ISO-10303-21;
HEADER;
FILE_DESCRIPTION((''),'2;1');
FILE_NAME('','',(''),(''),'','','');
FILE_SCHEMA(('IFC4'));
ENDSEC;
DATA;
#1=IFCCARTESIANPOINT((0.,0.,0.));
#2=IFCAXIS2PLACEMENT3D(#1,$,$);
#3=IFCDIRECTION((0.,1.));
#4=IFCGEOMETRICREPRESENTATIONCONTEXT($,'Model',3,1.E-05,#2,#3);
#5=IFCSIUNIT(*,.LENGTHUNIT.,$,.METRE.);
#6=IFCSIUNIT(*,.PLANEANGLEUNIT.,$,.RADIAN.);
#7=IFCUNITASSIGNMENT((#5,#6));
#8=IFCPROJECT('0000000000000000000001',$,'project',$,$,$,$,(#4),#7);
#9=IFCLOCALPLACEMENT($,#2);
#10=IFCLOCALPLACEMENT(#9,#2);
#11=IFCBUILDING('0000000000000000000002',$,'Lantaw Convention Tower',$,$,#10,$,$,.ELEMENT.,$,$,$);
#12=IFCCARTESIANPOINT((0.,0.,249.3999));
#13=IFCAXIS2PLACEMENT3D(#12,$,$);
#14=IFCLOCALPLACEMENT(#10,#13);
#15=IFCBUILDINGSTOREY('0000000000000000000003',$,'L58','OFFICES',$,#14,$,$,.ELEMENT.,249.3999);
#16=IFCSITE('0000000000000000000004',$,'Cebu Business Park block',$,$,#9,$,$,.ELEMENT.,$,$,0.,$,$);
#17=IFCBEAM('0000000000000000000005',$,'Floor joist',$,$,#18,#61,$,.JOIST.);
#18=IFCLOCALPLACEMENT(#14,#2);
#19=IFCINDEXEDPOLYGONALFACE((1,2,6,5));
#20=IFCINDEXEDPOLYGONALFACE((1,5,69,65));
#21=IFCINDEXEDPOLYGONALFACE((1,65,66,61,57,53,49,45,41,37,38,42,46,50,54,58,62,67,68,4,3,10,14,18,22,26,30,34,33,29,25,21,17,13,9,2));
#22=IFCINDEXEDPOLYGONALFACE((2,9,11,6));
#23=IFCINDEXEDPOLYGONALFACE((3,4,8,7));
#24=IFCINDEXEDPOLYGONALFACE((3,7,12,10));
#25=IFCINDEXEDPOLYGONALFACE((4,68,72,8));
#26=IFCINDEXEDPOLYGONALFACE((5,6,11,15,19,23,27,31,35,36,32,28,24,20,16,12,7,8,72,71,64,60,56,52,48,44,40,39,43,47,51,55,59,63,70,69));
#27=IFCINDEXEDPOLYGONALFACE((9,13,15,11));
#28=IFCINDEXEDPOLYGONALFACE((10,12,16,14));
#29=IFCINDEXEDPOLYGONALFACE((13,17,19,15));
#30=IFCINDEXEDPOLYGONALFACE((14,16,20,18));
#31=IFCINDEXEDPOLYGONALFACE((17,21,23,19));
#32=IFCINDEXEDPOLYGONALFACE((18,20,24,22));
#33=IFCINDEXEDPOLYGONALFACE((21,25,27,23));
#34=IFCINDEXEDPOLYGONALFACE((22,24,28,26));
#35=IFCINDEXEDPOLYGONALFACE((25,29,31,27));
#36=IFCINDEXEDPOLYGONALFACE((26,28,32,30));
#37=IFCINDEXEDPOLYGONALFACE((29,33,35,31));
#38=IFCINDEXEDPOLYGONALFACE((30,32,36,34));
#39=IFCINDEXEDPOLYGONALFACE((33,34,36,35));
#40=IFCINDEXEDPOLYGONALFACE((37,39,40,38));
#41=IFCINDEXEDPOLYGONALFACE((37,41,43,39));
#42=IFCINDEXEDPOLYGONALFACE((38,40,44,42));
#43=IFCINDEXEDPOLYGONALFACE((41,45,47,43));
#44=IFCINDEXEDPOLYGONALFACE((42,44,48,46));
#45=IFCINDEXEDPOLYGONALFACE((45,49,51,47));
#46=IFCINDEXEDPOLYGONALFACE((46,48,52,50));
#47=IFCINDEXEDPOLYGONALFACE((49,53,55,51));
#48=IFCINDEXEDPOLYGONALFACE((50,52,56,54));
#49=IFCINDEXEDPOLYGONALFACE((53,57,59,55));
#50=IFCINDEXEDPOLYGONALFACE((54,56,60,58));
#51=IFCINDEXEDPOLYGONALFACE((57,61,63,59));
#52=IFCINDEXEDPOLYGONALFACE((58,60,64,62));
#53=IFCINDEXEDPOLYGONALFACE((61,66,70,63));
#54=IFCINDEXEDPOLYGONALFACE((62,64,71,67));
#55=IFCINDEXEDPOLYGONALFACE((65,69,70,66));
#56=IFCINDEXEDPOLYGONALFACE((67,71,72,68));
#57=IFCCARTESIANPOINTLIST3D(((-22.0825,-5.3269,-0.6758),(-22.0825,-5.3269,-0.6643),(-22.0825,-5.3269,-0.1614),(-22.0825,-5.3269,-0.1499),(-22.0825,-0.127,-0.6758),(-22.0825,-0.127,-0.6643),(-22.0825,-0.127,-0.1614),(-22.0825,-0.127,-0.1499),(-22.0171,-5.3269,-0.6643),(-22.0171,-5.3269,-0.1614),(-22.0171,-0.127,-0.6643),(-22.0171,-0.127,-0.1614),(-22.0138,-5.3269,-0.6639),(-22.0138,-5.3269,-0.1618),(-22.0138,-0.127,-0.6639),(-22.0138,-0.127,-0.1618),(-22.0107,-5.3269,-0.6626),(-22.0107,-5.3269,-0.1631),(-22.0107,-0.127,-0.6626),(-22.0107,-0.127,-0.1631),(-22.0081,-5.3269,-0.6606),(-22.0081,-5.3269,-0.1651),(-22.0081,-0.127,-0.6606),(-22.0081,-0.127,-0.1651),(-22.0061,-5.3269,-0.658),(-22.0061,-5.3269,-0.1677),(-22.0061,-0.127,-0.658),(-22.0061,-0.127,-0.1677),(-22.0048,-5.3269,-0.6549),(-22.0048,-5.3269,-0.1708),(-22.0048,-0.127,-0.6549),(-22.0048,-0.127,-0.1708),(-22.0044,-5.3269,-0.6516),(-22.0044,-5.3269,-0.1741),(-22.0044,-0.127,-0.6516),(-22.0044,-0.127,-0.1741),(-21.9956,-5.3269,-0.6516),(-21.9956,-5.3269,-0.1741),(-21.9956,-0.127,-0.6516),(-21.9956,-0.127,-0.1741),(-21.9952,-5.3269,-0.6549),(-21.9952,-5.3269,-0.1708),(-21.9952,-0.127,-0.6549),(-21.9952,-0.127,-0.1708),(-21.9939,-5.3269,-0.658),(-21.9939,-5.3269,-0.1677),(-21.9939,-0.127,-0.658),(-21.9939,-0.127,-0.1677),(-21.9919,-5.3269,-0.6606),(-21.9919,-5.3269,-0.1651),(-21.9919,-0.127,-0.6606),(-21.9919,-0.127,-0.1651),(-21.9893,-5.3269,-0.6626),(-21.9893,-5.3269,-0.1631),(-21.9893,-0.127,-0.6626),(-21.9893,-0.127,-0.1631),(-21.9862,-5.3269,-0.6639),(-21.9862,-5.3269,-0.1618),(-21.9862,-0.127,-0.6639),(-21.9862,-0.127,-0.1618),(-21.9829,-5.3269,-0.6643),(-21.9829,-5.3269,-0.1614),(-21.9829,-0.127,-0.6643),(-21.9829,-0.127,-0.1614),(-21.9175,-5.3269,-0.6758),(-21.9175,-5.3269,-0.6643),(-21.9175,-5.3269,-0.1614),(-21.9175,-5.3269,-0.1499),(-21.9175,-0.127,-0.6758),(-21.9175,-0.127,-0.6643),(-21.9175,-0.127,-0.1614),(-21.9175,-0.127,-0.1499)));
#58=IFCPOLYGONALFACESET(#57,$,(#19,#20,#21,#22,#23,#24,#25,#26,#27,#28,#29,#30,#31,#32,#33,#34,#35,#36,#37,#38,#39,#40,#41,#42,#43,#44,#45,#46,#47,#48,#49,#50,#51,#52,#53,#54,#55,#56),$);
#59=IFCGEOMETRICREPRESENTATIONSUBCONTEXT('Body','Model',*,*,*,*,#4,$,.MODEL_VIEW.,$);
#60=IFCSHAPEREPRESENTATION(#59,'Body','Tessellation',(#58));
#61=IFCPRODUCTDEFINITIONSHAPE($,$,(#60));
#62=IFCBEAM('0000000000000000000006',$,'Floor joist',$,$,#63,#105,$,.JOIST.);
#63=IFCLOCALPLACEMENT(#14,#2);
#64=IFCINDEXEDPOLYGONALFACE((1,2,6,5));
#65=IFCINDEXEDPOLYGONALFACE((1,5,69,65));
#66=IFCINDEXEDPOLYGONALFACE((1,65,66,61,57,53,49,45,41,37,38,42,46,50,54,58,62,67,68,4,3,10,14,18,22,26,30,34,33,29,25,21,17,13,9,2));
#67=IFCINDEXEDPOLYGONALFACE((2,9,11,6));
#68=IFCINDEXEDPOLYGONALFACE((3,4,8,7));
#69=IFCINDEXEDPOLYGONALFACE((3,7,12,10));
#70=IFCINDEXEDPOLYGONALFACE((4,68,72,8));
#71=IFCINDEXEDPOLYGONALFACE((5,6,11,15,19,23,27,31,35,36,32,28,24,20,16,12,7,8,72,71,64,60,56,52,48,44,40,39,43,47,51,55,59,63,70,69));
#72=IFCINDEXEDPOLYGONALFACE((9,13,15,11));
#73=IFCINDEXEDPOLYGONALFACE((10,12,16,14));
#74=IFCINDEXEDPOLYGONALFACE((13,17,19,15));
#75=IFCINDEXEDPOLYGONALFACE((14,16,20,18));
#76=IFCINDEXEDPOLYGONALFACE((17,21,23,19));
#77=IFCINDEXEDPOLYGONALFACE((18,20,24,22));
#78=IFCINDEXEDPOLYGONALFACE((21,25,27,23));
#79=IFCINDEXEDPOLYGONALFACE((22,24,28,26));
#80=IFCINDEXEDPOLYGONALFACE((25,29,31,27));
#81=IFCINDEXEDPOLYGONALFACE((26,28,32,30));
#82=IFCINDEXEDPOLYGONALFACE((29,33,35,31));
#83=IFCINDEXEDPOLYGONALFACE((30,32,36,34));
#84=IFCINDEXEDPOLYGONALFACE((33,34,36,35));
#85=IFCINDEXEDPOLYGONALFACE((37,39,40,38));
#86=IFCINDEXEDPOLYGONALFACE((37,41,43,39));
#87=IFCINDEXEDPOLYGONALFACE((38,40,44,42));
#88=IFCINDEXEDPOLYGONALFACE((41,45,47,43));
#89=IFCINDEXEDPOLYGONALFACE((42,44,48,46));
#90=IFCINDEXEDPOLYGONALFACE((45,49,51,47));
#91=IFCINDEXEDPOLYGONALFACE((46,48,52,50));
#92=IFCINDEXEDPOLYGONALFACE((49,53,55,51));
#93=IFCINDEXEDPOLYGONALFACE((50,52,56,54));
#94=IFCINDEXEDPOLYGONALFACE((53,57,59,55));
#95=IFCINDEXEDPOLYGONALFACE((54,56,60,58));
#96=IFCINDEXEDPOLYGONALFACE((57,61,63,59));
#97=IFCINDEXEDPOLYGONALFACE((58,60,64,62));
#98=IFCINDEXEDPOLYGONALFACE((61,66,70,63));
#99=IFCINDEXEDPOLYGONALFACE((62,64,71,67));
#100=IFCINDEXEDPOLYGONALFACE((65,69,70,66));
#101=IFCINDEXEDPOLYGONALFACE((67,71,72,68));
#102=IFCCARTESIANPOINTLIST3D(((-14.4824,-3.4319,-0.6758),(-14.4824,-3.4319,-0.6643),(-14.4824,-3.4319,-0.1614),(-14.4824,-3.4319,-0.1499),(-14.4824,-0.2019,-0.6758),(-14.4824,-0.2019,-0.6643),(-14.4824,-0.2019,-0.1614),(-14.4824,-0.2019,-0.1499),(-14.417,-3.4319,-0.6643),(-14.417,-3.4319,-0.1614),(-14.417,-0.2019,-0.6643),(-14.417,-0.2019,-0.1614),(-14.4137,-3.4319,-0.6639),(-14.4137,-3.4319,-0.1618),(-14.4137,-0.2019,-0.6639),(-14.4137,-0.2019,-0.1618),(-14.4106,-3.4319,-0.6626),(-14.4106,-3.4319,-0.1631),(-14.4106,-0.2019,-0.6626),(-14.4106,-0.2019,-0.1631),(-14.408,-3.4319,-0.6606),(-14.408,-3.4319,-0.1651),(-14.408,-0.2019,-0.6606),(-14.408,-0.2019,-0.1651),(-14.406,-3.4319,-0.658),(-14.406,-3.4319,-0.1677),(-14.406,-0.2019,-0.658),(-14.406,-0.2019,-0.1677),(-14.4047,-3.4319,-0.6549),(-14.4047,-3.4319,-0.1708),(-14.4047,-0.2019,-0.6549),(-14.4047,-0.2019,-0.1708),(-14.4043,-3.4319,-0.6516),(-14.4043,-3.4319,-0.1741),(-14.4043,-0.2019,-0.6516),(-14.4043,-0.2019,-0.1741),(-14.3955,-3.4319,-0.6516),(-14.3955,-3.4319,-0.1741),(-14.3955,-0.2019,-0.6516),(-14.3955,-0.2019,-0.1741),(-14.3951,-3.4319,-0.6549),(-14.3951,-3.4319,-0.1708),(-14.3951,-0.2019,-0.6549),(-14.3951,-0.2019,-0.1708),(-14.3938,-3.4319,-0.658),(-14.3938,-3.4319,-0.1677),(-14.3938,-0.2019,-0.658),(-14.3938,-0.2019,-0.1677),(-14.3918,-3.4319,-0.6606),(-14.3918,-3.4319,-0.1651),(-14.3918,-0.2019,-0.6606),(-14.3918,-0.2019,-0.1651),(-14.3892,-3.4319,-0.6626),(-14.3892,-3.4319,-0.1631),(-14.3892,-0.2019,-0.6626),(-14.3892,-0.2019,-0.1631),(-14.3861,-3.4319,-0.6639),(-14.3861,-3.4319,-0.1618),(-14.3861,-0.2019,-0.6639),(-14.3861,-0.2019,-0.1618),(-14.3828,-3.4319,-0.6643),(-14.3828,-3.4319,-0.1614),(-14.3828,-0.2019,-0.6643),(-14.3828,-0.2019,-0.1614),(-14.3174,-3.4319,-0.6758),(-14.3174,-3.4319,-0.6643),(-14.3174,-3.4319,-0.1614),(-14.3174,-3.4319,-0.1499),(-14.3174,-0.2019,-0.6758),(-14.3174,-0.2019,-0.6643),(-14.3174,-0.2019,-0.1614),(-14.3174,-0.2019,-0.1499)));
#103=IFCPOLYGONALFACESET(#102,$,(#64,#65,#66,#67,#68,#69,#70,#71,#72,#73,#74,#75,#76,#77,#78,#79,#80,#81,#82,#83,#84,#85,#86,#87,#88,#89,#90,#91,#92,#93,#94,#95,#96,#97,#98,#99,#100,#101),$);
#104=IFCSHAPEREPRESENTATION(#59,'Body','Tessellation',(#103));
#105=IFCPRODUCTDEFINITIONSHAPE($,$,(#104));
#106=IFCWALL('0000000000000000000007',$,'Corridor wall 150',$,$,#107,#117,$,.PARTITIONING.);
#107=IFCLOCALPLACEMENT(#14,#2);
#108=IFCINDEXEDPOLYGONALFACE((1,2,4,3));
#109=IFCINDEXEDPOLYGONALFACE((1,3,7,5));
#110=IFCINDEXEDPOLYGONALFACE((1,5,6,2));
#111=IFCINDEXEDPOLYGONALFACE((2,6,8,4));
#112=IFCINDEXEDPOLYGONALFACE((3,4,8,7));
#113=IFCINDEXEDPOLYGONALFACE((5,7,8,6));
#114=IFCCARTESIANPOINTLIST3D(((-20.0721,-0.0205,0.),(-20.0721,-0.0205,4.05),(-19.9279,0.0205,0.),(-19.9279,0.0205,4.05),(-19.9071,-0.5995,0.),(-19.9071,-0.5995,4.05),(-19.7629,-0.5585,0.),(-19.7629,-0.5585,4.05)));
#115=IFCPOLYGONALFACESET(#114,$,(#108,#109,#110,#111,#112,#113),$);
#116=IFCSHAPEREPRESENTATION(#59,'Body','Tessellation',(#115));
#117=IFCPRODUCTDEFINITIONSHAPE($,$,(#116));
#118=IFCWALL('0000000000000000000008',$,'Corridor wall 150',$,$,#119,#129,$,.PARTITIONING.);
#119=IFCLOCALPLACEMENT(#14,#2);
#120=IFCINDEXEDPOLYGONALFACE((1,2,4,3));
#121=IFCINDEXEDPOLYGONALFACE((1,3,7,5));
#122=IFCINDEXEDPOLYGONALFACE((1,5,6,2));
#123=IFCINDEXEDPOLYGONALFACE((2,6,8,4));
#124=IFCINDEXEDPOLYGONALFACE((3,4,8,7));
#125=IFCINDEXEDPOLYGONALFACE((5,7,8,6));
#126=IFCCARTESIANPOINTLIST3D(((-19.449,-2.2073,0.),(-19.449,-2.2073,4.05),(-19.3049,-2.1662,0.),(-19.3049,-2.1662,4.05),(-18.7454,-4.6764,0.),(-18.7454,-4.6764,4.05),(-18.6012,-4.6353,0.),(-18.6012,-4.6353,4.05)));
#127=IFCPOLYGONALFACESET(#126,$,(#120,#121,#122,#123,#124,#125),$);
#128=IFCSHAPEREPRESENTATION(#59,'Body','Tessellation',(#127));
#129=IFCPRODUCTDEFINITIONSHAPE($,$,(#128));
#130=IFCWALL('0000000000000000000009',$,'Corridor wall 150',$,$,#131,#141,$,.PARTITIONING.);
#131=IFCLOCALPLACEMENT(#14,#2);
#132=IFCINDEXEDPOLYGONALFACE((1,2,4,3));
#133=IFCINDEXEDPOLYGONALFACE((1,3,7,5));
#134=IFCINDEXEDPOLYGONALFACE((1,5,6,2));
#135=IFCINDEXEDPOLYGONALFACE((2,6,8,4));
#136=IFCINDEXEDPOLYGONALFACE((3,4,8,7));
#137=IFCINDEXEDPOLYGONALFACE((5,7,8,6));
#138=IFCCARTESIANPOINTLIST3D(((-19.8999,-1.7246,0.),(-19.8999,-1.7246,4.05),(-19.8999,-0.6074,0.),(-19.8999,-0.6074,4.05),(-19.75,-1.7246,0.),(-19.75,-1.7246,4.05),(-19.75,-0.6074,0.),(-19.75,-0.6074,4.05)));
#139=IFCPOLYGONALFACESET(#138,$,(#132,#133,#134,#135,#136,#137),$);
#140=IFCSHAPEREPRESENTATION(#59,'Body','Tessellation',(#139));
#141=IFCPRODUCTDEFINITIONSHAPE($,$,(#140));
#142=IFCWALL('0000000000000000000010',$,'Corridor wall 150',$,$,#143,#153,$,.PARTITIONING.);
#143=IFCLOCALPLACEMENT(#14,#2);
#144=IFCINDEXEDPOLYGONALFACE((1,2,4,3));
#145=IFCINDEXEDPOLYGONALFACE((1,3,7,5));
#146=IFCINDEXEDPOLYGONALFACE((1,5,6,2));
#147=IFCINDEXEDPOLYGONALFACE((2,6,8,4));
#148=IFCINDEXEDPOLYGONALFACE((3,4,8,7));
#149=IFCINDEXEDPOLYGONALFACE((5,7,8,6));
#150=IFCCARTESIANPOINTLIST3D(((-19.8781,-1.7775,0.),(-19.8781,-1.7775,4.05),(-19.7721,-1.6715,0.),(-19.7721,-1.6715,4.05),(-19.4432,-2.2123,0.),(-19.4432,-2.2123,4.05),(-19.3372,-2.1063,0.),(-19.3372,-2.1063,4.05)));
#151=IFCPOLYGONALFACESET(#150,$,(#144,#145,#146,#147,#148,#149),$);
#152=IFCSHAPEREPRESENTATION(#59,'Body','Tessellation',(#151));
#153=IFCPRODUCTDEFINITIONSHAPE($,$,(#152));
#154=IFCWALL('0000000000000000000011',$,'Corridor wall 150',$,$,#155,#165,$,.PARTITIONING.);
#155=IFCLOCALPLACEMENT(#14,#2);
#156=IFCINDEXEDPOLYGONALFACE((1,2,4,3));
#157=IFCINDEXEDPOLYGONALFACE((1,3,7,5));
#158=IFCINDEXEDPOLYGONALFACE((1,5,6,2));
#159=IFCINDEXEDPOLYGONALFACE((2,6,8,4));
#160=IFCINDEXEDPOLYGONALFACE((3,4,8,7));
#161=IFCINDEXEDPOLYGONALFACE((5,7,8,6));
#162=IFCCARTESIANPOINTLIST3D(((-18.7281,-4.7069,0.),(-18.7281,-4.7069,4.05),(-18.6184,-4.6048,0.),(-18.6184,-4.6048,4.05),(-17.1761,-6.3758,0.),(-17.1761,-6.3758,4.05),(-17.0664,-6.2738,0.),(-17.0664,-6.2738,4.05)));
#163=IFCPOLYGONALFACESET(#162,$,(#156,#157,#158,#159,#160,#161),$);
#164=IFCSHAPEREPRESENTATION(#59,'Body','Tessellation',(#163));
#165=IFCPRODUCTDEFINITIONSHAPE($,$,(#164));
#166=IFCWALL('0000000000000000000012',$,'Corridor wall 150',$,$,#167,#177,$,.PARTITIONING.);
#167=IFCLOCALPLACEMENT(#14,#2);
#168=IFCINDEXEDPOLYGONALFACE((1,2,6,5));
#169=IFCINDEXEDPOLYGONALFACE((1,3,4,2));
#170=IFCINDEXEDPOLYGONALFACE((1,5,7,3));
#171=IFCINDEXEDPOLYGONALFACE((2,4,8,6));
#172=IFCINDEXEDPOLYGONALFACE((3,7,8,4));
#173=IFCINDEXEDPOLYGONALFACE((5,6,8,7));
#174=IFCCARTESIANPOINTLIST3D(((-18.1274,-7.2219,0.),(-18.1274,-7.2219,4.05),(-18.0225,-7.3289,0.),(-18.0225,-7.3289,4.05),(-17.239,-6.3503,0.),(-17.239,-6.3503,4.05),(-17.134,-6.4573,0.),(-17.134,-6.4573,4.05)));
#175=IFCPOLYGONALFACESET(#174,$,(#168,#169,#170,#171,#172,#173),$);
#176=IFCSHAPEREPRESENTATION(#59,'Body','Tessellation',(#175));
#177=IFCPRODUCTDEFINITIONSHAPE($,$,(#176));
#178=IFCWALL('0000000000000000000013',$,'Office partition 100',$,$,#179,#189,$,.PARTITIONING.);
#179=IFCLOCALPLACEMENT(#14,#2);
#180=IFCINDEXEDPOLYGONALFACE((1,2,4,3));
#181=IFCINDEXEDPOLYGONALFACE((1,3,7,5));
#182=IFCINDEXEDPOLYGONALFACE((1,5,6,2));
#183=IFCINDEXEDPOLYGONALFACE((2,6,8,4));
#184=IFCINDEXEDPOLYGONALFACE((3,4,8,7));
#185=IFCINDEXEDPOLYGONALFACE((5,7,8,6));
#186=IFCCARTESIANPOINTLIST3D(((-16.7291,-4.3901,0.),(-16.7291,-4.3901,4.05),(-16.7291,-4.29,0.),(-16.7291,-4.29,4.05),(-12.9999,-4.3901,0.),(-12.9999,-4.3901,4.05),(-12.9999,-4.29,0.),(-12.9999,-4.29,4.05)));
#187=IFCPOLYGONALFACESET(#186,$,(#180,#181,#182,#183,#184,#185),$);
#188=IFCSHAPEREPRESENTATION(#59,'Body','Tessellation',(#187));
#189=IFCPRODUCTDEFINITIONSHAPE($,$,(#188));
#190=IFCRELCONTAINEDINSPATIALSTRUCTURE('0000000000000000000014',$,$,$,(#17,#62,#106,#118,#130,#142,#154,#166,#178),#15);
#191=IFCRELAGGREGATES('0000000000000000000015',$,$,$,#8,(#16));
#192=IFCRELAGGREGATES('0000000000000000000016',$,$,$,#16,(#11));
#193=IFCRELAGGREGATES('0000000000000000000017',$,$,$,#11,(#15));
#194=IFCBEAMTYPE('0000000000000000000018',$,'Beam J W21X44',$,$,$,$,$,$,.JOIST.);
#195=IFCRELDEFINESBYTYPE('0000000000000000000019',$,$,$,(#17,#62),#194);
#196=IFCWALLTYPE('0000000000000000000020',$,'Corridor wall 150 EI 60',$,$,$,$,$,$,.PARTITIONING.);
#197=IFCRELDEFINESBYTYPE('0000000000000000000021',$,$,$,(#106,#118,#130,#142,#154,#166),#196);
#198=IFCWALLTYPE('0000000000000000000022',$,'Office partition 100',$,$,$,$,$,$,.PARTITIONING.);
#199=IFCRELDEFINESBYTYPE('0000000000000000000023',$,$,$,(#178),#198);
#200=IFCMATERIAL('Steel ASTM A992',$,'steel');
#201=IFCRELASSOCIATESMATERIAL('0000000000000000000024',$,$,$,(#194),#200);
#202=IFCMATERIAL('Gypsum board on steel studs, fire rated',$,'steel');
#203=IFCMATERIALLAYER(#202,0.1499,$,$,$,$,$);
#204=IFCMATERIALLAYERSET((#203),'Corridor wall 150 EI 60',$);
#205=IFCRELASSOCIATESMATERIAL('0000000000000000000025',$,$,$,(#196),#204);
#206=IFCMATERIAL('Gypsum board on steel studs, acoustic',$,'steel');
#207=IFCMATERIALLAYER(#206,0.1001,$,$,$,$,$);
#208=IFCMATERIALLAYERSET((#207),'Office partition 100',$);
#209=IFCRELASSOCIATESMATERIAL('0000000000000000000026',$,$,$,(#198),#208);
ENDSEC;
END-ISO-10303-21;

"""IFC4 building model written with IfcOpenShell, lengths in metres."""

from ifc_helpers import new_model, si_unit, direction, frame, frame_2d, origin, origin_2d, place, context, subcontext, project, spatial, rectangle, i_section, extrude, material, layer, layer_set, material_profile, profile_set, type_object, element, save


model = new_model("IFC4")

# Units and contexts
model_context = context("Model", 3, precision=1e-05, world=origin(), true_north=direction((0.0, 1.0)))
body_context = subcontext(model_context, "Body", "Model", "MODEL_VIEW")
ifc_project = project(units=[si_unit("LENGTHUNIT", "METRE"), si_unit("PLANEANGLEUNIT", "RADIAN")], contexts=[model_context])

# Site, building, storey
site_placement = place(None, origin())
site = spatial("IfcSite", under=ifc_project, at=site_placement, Name="Cebu Business Park block", CompositionType="ELEMENT", RefElevation=0.0)
building_placement = place(site_placement, origin())
building = spatial("IfcBuilding", under=site, at=building_placement, Name="Lantaw Convention Tower", CompositionType="ELEMENT")
storey_placement = place(building_placement, frame((0.0, 0.0, 249.3999)))
storey = spatial("IfcBuildingStorey", under=building, at=storey_placement, Name="L58", Description="OFFICES", CompositionType="ELEMENT", Elevation=249.3999)

# Beams
ifc_material_1 = material(Name="Steel ASTM A992", Category="steel")
ifc_material_profile_1 = material_profile(ifc_material_1, i_section(OverallWidth=0.165, OverallDepth=0.5259, WebThickness=0.0088, FlangeThickness=0.0115, FilletRadius=0.0127, at=origin_2d()), Name="W21X44")
ifc_profile_set_1 = profile_set([ifc_material_profile_1], Name="Steel ASTM A992")
beam_type_1 = type_object("IfcBeamType", Name="Beam J W21X44", PredefinedType="JOIST", material=ifc_profile_set_1)
beam_1_placement = place(storey_placement, frame((-22.0, -5.3269, -0.4128), z_axis=(0.0, 1.0, 0.0), x_axis=(-1.0, 0.0, 0.0)))
element("IfcBeam", 1, at=beam_1_placement, inside=storey, type_object=beam_type_1, Name="Floor joist", PredefinedType="JOIST", context=body_context, shape_type="SweptSolid", body=[
    extrude(i_section(OverallWidth=0.165, OverallDepth=0.5259, WebThickness=0.0088, FlangeThickness=0.0115, FilletRadius=0.0127, at=origin_2d()), origin(), (0.0, 0.0, 1.0), 5.2),
])
beam_2_placement = place(storey_placement, frame((-14.3999, -3.4319, -0.4128), z_axis=(0.0, 1.0, 0.0), x_axis=(-1.0, 0.0, 0.0)))
element("IfcBeam", 2, at=beam_2_placement, inside=storey, type_object=beam_type_1, Name="Floor joist", PredefinedType="JOIST", context=body_context, shape_type="SweptSolid", body=[
    extrude(i_section(OverallWidth=0.165, OverallDepth=0.5259, WebThickness=0.0088, FlangeThickness=0.0115, FilletRadius=0.0127, at=origin_2d()), origin(), (0.0, 0.0, 1.0), 3.23),
])

# Walls
ifc_material_2 = material(Name="Gypsum board on steel studs, fire rated", Category="steel")
ifc_layer_1 = layer(ifc_material_2, 0.1499)
ifc_layer_set_1 = layer_set([ifc_layer_1], Name="Corridor wall 150 EI 60")
wall_type_1 = type_object("IfcWallType", Name="Corridor wall 150 EI 60", PredefinedType="PARTITIONING", material=ifc_layer_set_1)
wall_1_placement = place(storey_placement, frame((-20.0, 0.0, 0.0), z_axis=(0.0, 0.0, 1.0), x_axis=(0.274078, -0.961707, 0.0)))
element("IfcWall", 3, at=wall_1_placement, inside=storey, type_object=wall_type_1, Name="Corridor wall 150", PredefinedType="PARTITIONING", context=body_context, shape_type="SweptSolid", body=[
    extrude(rectangle(XDim=0.6021, YDim=0.1499, at=frame_2d((0.301, 0.0))), origin(), (0.0, 0.0, 1.0), 4.05),
])
wall_2_placement = place(storey_placement, frame((-19.377, -2.1868, 0.0), z_axis=(0.0, 0.0, 1.0), x_axis=(0.274068, -0.96171, 0.0)))
element("IfcWall", 4, at=wall_2_placement, inside=storey, type_object=wall_type_1, Name="Corridor wall 150", PredefinedType="PARTITIONING", context=body_context, shape_type="SweptSolid", body=[
    extrude(rectangle(XDim=2.5674, YDim=0.1499, at=frame_2d((1.2837, 0.0))), origin(), (0.0, 0.0, 1.0), 4.05),
])
wall_3_placement = place(storey_placement, frame((-19.825, -1.7246, 0.0), z_axis=(0.0, 0.0, 1.0), x_axis=(0.0, 1.0, 0.0)))
element("IfcWall", 5, at=wall_3_placement, inside=storey, type_object=wall_type_1, Name="Corridor wall 150", PredefinedType="PARTITIONING", context=body_context, shape_type="SweptSolid", body=[
    extrude(rectangle(XDim=1.1172, YDim=0.1499, at=frame_2d((0.5586, 0.0))), origin(), (0.0, 0.0, 1.0), 4.05),
])
wall_4_placement = place(storey_placement, frame((-19.3901, -2.1594, 0.0), z_axis=(0.0, 0.0, 1.0), x_axis=(-0.707107, 0.707107, 0.0)))
element("IfcWall", 6, at=wall_4_placement, inside=storey, type_object=wall_type_1, Name="Corridor wall 150", PredefinedType="PARTITIONING", context=body_context, shape_type="SweptSolid", body=[
    extrude(rectangle(XDim=0.615, YDim=0.1499, at=frame_2d((0.3076, 0.0))), origin(), (0.0, 0.0, 1.0), 4.05),
])
wall_5_placement = place(storey_placement, frame((-18.6733, -4.6558, 0.0), z_axis=(0.0, 0.0, 1.0), x_axis=(0.680985, -0.732297, 0.0)))
element("IfcWall", 7, at=wall_5_placement, inside=storey, type_object=wall_type_1, Name="Corridor wall 150", PredefinedType="PARTITIONING", context=body_context, shape_type="SweptSolid", body=[
    extrude(rectangle(XDim=2.2791, YDim=0.1499, at=frame_2d((1.1396, 0.0))), origin(), (0.0, 0.0, 1.0), 4.05),
])
wall_6_placement = place(storey_placement, frame((-18.075, -7.2754, 0.0), z_axis=(0.0, 0.0, 1.0), x_axis=(0.713842, 0.700307, 0.0)))
element("IfcWall", 8, at=wall_6_placement, inside=storey, type_object=wall_type_1, Name="Corridor wall 150", PredefinedType="PARTITIONING", context=body_context, shape_type="SweptSolid", body=[
    extrude(rectangle(XDim=1.2446, YDim=0.1499, at=frame_2d((0.6223, 0.0))), origin(), (0.0, 0.0, 1.0), 4.05),
])
ifc_material_3 = material(Name="Gypsum board on steel studs, acoustic", Category="steel")
ifc_layer_2 = layer(ifc_material_3, 0.1001)
ifc_layer_set_2 = layer_set([ifc_layer_2], Name="Office partition 100")
wall_type_2 = type_object("IfcWallType", Name="Office partition 100", PredefinedType="PARTITIONING", material=ifc_layer_set_2)
wall_7_placement = place(storey_placement, frame((-16.7292, -4.3401, 0.0), z_axis=(0.0, 0.0, 1.0), x_axis=(1.0, 0.0, 0.0)))
element("IfcWall", 9, at=wall_7_placement, inside=storey, type_object=wall_type_2, Name="Office partition 100", PredefinedType="PARTITIONING", context=body_context, shape_type="SweptSolid", body=[
    extrude(rectangle(XDim=3.7292, YDim=0.1001, at=frame_2d((1.8647, 0.0))), origin(), (0.0, 0.0, 1.0), 4.05),
])

save(model, "model.ifc")
